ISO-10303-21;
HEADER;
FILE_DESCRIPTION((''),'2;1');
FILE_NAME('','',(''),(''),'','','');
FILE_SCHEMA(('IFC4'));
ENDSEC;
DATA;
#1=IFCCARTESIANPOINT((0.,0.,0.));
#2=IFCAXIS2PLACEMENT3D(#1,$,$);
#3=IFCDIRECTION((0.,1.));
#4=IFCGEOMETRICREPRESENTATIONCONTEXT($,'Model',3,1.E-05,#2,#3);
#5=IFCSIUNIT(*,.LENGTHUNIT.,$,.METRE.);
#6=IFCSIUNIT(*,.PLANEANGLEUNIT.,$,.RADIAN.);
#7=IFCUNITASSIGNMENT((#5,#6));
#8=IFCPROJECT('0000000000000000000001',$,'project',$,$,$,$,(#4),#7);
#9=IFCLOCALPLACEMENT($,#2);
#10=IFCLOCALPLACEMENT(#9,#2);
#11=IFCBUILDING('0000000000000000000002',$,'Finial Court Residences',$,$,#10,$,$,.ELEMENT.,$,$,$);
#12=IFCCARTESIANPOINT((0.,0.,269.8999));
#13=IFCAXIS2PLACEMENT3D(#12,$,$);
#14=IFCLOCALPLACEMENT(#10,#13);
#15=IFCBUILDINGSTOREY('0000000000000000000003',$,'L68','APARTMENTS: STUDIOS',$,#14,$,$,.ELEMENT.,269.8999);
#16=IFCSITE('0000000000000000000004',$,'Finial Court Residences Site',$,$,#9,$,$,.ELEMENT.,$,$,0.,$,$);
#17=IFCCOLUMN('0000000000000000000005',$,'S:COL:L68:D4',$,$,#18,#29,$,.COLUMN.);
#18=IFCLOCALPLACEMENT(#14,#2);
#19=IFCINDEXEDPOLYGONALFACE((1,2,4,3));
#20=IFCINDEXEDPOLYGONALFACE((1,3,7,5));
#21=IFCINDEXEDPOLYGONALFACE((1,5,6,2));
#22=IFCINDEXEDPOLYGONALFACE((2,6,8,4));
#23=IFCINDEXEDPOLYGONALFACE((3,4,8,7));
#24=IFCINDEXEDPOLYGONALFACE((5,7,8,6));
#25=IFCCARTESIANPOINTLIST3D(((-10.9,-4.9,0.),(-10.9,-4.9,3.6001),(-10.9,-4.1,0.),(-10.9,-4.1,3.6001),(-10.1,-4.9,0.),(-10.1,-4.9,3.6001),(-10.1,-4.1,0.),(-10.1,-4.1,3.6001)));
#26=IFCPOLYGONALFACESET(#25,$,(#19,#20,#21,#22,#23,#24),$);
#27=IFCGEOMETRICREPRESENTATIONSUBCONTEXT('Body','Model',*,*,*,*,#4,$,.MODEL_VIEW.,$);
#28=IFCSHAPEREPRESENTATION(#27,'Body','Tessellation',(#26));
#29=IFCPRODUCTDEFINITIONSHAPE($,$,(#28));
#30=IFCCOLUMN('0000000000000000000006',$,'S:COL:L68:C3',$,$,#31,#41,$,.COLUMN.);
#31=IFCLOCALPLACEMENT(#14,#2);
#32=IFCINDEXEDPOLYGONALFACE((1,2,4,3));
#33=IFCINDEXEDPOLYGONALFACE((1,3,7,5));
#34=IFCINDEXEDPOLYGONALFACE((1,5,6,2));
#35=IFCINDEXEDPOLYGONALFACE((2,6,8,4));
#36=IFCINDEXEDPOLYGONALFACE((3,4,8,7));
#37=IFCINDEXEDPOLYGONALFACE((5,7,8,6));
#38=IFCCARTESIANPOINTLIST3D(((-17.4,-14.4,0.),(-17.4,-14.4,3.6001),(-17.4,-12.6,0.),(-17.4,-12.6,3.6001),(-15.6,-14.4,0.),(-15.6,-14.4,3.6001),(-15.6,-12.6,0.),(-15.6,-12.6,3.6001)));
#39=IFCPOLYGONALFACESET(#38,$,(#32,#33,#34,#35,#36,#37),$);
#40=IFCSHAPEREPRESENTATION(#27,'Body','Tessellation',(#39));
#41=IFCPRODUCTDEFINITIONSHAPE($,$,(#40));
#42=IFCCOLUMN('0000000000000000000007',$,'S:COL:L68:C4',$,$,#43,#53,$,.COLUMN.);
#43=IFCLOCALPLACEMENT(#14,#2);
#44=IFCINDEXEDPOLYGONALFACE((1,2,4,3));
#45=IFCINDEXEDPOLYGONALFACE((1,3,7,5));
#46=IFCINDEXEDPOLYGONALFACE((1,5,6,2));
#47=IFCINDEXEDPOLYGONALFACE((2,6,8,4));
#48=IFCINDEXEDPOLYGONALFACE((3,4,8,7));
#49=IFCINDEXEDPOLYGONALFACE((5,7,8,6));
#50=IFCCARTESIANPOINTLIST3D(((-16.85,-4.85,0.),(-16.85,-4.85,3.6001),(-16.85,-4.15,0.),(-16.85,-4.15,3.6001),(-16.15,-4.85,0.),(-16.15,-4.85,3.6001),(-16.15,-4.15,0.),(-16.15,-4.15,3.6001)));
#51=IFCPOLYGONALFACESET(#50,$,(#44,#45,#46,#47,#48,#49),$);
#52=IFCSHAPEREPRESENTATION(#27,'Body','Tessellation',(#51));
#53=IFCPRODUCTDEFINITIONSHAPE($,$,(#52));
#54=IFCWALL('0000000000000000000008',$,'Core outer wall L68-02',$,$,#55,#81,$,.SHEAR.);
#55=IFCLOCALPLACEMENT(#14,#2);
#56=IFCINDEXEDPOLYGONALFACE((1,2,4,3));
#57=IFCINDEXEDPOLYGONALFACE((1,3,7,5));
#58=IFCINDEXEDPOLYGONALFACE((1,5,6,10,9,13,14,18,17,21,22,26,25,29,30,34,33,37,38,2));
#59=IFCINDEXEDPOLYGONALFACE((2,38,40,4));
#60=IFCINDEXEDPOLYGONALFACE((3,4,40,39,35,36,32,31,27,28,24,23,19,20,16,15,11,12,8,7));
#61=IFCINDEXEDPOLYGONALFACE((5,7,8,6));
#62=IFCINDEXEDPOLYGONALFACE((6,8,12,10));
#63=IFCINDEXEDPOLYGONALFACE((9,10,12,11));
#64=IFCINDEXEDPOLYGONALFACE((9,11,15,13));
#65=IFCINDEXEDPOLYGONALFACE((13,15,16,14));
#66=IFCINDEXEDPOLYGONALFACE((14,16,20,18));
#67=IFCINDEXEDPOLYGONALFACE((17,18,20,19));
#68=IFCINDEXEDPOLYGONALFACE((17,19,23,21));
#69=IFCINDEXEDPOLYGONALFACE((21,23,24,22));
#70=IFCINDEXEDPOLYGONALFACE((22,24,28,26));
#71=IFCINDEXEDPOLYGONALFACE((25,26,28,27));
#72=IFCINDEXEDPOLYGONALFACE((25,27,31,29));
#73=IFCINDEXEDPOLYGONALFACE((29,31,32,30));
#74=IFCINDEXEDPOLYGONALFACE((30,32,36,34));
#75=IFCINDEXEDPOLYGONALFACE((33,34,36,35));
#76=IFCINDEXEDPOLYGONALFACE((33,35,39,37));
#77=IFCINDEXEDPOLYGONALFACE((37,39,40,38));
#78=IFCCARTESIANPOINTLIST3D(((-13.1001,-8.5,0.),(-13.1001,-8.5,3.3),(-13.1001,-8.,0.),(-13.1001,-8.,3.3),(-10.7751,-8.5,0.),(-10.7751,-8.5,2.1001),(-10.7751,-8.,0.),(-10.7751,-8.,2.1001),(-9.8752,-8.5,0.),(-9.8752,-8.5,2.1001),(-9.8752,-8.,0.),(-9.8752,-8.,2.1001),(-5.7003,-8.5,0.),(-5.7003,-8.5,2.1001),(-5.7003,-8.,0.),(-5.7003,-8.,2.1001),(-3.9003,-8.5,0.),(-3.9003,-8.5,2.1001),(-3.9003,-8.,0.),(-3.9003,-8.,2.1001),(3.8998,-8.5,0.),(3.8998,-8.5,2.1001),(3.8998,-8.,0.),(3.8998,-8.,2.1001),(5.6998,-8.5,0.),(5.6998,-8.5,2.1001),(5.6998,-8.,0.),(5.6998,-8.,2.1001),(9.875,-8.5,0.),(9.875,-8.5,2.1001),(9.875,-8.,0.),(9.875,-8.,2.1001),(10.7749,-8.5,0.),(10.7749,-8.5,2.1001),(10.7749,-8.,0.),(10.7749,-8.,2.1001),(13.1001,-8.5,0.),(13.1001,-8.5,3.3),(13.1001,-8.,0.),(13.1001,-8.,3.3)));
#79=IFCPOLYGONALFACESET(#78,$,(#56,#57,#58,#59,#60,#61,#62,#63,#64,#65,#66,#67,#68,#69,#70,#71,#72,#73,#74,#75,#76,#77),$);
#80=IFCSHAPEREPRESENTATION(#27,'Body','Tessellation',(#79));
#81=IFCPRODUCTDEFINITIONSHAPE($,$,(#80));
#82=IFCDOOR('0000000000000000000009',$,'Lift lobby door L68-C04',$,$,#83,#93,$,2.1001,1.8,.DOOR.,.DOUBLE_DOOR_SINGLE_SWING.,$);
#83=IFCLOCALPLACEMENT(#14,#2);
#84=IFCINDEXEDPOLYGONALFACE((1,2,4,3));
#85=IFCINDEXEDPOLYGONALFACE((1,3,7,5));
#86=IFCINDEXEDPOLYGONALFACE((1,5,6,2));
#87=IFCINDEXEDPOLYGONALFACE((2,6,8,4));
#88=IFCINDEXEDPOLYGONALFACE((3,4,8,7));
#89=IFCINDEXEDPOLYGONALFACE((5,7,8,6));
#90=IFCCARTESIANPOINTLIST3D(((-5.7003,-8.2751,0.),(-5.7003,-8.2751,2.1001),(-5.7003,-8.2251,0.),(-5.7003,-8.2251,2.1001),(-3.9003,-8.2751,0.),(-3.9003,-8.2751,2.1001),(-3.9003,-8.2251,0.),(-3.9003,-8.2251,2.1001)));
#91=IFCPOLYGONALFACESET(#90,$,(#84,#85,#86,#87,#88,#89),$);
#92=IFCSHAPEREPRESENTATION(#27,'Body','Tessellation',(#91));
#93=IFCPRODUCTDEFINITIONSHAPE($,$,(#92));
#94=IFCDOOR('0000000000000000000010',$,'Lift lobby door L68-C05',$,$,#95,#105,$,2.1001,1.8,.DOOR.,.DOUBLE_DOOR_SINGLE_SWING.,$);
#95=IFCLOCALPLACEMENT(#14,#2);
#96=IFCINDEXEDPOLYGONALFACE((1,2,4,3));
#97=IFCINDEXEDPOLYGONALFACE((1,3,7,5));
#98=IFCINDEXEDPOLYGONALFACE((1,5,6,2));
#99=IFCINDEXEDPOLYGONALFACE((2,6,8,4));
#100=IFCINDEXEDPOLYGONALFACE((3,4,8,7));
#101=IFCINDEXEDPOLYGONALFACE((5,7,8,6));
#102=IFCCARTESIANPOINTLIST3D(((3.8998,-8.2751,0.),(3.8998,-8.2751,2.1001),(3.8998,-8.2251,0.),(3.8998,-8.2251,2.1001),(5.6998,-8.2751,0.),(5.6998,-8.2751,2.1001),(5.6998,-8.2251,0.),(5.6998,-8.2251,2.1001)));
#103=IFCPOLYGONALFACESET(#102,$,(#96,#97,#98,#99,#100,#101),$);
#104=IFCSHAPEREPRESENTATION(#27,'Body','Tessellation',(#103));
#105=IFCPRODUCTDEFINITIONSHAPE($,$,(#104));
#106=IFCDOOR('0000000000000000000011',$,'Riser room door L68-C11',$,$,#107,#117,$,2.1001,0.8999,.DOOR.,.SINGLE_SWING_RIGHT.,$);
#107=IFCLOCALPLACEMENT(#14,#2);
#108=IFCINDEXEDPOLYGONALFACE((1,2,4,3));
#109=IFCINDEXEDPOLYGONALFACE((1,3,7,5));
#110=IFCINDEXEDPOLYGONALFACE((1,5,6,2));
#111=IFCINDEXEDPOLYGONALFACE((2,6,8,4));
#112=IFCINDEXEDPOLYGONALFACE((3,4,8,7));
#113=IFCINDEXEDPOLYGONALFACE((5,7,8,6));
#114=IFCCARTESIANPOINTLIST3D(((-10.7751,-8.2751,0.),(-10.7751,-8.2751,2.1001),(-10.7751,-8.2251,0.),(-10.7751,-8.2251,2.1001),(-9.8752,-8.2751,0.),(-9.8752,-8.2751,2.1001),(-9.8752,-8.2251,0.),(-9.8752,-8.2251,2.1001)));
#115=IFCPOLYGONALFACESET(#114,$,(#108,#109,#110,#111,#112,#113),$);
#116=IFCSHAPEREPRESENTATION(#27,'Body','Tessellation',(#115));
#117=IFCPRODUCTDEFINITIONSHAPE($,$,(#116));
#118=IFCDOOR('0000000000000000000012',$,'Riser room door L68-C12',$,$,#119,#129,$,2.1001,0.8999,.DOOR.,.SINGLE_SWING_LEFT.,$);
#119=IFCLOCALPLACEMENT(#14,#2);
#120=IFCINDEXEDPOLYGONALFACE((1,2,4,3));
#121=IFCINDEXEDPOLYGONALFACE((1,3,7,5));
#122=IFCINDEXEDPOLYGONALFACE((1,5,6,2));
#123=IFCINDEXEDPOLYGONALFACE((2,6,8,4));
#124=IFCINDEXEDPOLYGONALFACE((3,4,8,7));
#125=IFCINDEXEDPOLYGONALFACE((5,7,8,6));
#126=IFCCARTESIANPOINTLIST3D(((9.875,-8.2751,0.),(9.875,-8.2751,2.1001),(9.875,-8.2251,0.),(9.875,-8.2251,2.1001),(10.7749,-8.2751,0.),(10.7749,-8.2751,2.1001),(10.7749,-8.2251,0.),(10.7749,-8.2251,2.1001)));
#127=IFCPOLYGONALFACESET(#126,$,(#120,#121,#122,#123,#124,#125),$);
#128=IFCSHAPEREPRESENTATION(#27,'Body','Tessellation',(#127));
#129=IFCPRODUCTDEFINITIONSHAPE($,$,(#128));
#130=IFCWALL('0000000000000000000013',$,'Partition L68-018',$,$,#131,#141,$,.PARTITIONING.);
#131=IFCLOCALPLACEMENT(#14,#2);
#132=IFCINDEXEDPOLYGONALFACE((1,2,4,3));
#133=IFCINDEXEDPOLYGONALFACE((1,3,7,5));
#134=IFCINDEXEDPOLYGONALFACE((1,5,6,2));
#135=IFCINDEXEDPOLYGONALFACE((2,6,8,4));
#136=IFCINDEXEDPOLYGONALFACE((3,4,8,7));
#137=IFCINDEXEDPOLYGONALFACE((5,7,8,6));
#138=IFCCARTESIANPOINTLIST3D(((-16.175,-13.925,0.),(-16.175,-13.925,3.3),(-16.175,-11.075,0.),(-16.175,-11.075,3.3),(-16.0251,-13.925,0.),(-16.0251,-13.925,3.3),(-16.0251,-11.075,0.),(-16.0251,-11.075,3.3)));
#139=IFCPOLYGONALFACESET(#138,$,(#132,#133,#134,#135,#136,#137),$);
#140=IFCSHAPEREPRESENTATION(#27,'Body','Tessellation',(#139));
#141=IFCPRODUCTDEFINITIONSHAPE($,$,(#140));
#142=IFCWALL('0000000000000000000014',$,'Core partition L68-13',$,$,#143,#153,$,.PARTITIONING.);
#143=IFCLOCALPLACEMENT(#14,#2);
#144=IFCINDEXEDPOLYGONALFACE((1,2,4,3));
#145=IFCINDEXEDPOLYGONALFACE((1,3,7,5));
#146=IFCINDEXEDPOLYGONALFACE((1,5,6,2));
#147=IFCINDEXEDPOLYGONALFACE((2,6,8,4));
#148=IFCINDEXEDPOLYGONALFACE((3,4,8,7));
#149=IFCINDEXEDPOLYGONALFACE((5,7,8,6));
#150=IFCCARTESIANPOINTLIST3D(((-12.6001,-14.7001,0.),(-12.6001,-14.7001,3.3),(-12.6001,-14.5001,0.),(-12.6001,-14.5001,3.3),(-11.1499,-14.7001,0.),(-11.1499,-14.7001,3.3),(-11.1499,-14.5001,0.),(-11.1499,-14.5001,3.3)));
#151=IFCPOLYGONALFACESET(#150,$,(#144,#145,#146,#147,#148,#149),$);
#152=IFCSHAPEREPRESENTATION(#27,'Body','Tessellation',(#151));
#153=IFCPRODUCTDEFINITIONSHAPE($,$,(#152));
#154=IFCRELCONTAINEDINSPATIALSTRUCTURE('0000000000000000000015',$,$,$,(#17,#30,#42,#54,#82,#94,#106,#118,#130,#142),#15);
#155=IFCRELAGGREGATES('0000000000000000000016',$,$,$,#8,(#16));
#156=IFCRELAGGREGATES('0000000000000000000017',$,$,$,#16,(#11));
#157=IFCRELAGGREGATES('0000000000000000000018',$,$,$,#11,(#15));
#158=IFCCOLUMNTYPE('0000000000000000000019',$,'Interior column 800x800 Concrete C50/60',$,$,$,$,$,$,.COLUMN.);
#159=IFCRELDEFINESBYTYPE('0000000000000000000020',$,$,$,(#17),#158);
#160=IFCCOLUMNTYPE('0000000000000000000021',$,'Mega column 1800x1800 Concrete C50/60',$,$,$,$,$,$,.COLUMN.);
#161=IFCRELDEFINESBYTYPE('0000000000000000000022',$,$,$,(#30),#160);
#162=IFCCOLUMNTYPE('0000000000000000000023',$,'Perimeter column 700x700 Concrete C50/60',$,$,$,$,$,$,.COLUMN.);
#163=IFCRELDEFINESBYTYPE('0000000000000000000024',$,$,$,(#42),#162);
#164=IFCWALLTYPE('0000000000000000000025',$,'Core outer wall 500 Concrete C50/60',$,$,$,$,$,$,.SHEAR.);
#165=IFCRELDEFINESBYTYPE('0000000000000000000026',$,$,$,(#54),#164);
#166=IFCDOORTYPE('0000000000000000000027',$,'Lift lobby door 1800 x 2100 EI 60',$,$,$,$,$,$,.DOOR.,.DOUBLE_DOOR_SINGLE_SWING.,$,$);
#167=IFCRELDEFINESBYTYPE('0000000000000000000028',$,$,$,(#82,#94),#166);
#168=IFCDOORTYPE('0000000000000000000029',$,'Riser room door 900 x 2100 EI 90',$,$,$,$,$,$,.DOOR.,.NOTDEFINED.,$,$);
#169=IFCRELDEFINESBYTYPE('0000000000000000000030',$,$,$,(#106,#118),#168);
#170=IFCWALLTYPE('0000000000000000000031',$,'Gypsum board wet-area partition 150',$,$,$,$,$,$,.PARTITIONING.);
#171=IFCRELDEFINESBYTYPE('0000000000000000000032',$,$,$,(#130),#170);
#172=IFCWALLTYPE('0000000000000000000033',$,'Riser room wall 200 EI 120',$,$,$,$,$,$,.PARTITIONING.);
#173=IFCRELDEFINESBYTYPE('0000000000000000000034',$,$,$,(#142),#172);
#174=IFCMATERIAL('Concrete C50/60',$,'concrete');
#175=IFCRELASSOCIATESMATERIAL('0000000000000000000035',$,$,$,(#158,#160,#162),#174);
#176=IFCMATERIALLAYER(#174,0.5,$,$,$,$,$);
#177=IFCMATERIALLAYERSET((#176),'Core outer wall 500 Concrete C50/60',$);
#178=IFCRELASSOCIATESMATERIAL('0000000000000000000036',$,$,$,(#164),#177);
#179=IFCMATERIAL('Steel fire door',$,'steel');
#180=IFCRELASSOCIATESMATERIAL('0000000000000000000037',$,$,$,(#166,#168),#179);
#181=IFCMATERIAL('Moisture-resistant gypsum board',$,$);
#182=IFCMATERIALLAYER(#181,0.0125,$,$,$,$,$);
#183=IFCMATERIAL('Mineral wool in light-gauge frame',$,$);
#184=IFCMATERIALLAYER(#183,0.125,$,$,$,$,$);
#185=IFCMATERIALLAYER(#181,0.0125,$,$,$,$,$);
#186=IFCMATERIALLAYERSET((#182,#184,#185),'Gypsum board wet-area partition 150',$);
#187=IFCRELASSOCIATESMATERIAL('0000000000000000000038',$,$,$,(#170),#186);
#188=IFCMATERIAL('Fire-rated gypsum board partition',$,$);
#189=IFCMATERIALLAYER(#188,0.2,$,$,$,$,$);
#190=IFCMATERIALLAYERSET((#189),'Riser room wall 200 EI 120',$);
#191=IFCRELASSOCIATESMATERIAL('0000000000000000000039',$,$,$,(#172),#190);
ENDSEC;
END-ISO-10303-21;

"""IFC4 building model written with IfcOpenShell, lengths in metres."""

from ifc_helpers import new_model, si_unit, direction, frame, frame_2d, origin, origin_2d, place, context, subcontext, project, spatial, rectangle, extrude, material, layer, layer_set, material_profile, profile_set, type_object, element, fill, save


model = new_model("IFC4")

# Units and contexts
model_context = context("Model", 3, precision=1e-05, world=origin(), true_north=direction((0.0, 1.0)))
body_context = subcontext(model_context, "Body", "Model", "MODEL_VIEW")
ifc_project = project(units=[si_unit("LENGTHUNIT", "METRE"), si_unit("PLANEANGLEUNIT", "RADIAN")], contexts=[model_context])

# Site, building, storey
site_placement = place(None, origin())
site = spatial("IfcSite", under=ifc_project, at=site_placement, Name="Finial Court Residences Site", CompositionType="ELEMENT", RefElevation=0.0)
building_placement = place(site_placement, origin())
building = spatial("IfcBuilding", under=site, at=building_placement, Name="Finial Court Residences", CompositionType="ELEMENT")
storey_placement = place(building_placement, frame((0.0, 0.0, 269.8999)))
storey = spatial("IfcBuildingStorey", under=building, at=storey_placement, Name="L68", Description="APARTMENTS: STUDIOS", CompositionType="ELEMENT", Elevation=269.8999)

# Columns
ifc_material_1 = material(Name="Concrete C50/60", Category="concrete")
ifc_material_profile_1 = material_profile(ifc_material_1, rectangle(XDim=0.8, YDim=0.8, at=origin_2d()), Name="800x800")
ifc_profile_set_1 = profile_set([ifc_material_profile_1], Name="Concrete C50/60")
column_type_1 = type_object("IfcColumnType", Name="Interior column 800x800 Concrete C50/60", PredefinedType="COLUMN", material=ifc_profile_set_1)
column_1_placement = place(storey_placement, frame((-10.5, -4.5, 0.0), z_axis=(0.0, 0.0, 1.0), x_axis=(1.0, 0.0, 0.0)))
element("IfcColumn", 1, at=column_1_placement, inside=storey, type_object=column_type_1, Name="S:COL:L68:D4", PredefinedType="COLUMN", context=body_context, shape_type="SweptSolid", body=[
    extrude(rectangle(XDim=0.8, YDim=0.8, at=origin_2d()), origin(), (0.0, 0.0, 1.0), 3.6001),
])
ifc_material_profile_2 = material_profile(ifc_material_1, rectangle(XDim=1.8, YDim=1.8, at=origin_2d()), Name="1800x1800")
ifc_profile_set_2 = profile_set([ifc_material_profile_2], Name="Concrete C50/60")
column_type_2 = type_object("IfcColumnType", Name="Mega column 1800x1800 Concrete C50/60", PredefinedType="COLUMN", material=ifc_profile_set_2)
column_2_placement = place(storey_placement, frame((-16.5, -13.5, 0.0), z_axis=(0.0, 0.0, 1.0), x_axis=(1.0, 0.0, 0.0)))
element("IfcColumn", 2, at=column_2_placement, inside=storey, type_object=column_type_2, Name="S:COL:L68:C3", PredefinedType="COLUMN", context=body_context, shape_type="SweptSolid", body=[
    extrude(rectangle(XDim=1.8, YDim=1.8, at=origin_2d()), origin(), (0.0, 0.0, 1.0), 3.6001),
])
ifc_material_profile_3 = material_profile(ifc_material_1, rectangle(XDim=0.7, YDim=0.7, at=origin_2d()), Name="700x700")
ifc_profile_set_3 = profile_set([ifc_material_profile_3], Name="Concrete C50/60")
column_type_3 = type_object("IfcColumnType", Name="Perimeter column 700x700 Concrete C50/60", PredefinedType="COLUMN", material=ifc_profile_set_3)
column_3_placement = place(storey_placement, frame((-16.5, -4.5, 0.0), z_axis=(0.0, 0.0, 1.0), x_axis=(1.0, 0.0, 0.0)))
element("IfcColumn", 3, at=column_3_placement, inside=storey, type_object=column_type_3, Name="S:COL:L68:C4", PredefinedType="COLUMN", context=body_context, shape_type="SweptSolid", body=[
    extrude(rectangle(XDim=0.7, YDim=0.7, at=origin_2d()), origin(), (0.0, 0.0, 1.0), 3.6001),
])

# Wall, openings, doors
ifc_layer_1 = layer(ifc_material_1, 0.5)
ifc_layer_set_1 = layer_set([ifc_layer_1], Name="Core outer wall 500 Concrete C50/60")
wall_type_1 = type_object("IfcWallType", Name="Core outer wall 500 Concrete C50/60", PredefinedType="SHEAR", material=ifc_layer_set_1)
wall_1_placement = place(storey_placement, frame((-13.1001, -8.25, 0.0), z_axis=(0.0, 0.0, 1.0), x_axis=(1.0, 0.0, 0.0)))
wall_1 = element("IfcWall", 4, at=wall_1_placement, inside=storey, type_object=wall_type_1, Name="Core outer wall L68-02", PredefinedType="SHEAR", context=body_context, shape_type="SweptSolid", body=[
    extrude(rectangle(XDim=26.2002, YDim=0.5, at=frame_2d((13.1001, 0.0))), origin(), (0.0, 0.0, 1.0), 3.3),
])
opening_1_placement = place(wall_1_placement, frame((7.3999, 0.0, 0.0)))
opening_1 = element("IfcOpeningElement", 5, at=opening_1_placement, cuts=wall_1, PredefinedType="OPENING", context=body_context, shape_type="SweptSolid", body=[
    extrude(rectangle(XDim=1.8, YDim=2.1001, at=frame_2d((0.8999, 1.05))), frame((0.0, 0.26, 0.0), z_axis=(0.0, -1.0, 0.0), x_axis=(1.0, 0.0, 0.0)), (0.0, 0.0, 1.0), 0.52),
])
opening_2_placement = place(wall_1_placement, frame((17.0, 0.0, 0.0)))
opening_2 = element("IfcOpeningElement", 6, at=opening_2_placement, cuts=wall_1, PredefinedType="OPENING", context=body_context, shape_type="SweptSolid", body=[
    extrude(rectangle(XDim=1.8, YDim=2.1001, at=frame_2d((0.8999, 1.05))), frame((0.0, 0.26, 0.0), z_axis=(0.0, -1.0, 0.0), x_axis=(1.0, 0.0, 0.0)), (0.0, 0.0, 1.0), 0.52),
])
opening_3_placement = place(wall_1_placement, frame((2.325, 0.0, 0.0)))
opening_3 = element("IfcOpeningElement", 7, at=opening_3_placement, cuts=wall_1, PredefinedType="OPENING", context=body_context, shape_type="SweptSolid", body=[
    extrude(rectangle(XDim=0.8999, YDim=2.1001, at=frame_2d((0.45, 1.05))), frame((0.0, 0.26, 0.0), z_axis=(0.0, -1.0, 0.0), x_axis=(1.0, 0.0, 0.0)), (0.0, 0.0, 1.0), 0.52),
])
opening_4_placement = place(wall_1_placement, frame((22.9751, 0.0, 0.0)))
opening_4 = element("IfcOpeningElement", 8, at=opening_4_placement, cuts=wall_1, PredefinedType="OPENING", context=body_context, shape_type="SweptSolid", body=[
    extrude(rectangle(XDim=0.8999, YDim=2.1001, at=frame_2d((0.45, 1.05))), frame((0.0, 0.26, 0.0), z_axis=(0.0, -1.0, 0.0), x_axis=(1.0, 0.0, 0.0)), (0.0, 0.0, 1.0), 0.52),
])
ifc_material_2 = material(Name="Steel fire door", Category="steel")
door_type_1 = type_object("IfcDoorType", Name="Lift lobby door 1800 x 2100 EI 60", OperationType="DOUBLE_DOOR_SINGLE_SWING", PredefinedType="DOOR", material=ifc_material_2)
door_1_placement = place(opening_1_placement, origin())
door_1 = element("IfcDoor", 9, at=door_1_placement, inside=storey, type_object=door_type_1, Name="Lift lobby door L68-C04", OperationType="DOUBLE_DOOR_SINGLE_SWING", OverallHeight=2.1001, OverallWidth=1.8, PredefinedType="DOOR", context=body_context, shape_type="SweptSolid", body=[
    extrude(rectangle(XDim=1.8, YDim=2.1001, at=frame_2d((0.8999, 1.05))), frame((0.0, 0.0249, 0.0), z_axis=(0.0, -1.0, 0.0), x_axis=(1.0, 0.0, 0.0)), (0.0, 0.0, 1.0), 0.05),
])
fill(opening_1, door_1)
door_2_placement = place(opening_2_placement, origin())
door_2 = element("IfcDoor", 10, at=door_2_placement, inside=storey, type_object=door_type_1, Name="Lift lobby door L68-C05", OperationType="DOUBLE_DOOR_SINGLE_SWING", OverallHeight=2.1001, OverallWidth=1.8, PredefinedType="DOOR", context=body_context, shape_type="SweptSolid", body=[
    extrude(rectangle(XDim=1.8, YDim=2.1001, at=frame_2d((0.8999, 1.05))), frame((0.0, 0.0249, 0.0), z_axis=(0.0, -1.0, 0.0), x_axis=(1.0, 0.0, 0.0)), (0.0, 0.0, 1.0), 0.05),
])
fill(opening_2, door_2)
door_type_2 = type_object("IfcDoorType", Name="Riser room door 900 x 2100 EI 90", OperationType="NOTDEFINED", PredefinedType="DOOR", material=ifc_material_2)
door_3_placement = place(opening_3_placement, origin())
door_3 = element("IfcDoor", 11, at=door_3_placement, inside=storey, type_object=door_type_2, Name="Riser room door L68-C11", OperationType="SINGLE_SWING_RIGHT", OverallHeight=2.1001, OverallWidth=0.8999, PredefinedType="DOOR", context=body_context, shape_type="SweptSolid", body=[
    extrude(rectangle(XDim=0.8999, YDim=2.1001, at=frame_2d((0.45, 1.05))), frame((0.0, 0.0249, 0.0), z_axis=(0.0, -1.0, 0.0), x_axis=(1.0, 0.0, 0.0)), (0.0, 0.0, 1.0), 0.05),
])
fill(opening_3, door_3)
door_4_placement = place(opening_4_placement, origin())
door_4 = element("IfcDoor", 12, at=door_4_placement, inside=storey, type_object=door_type_2, Name="Riser room door L68-C12", OperationType="SINGLE_SWING_LEFT", OverallHeight=2.1001, OverallWidth=0.8999, PredefinedType="DOOR", context=body_context, shape_type="SweptSolid", body=[
    extrude(rectangle(XDim=0.8999, YDim=2.1001, at=frame_2d((0.45, 1.05))), frame((0.0, 0.0249, 0.0), z_axis=(0.0, -1.0, 0.0), x_axis=(1.0, 0.0, 0.0)), (0.0, 0.0, 1.0), 0.05),
])
fill(opening_4, door_4)

# Walls
ifc_material_3 = material(Name="Moisture-resistant gypsum board")
ifc_layer_2 = layer(ifc_material_3, 0.0125)
ifc_material_4 = material(Name="Mineral wool in light-gauge frame")
ifc_layer_3 = layer(ifc_material_4, 0.125)
ifc_layer_4 = layer(ifc_material_3, 0.0125)
ifc_layer_set_2 = layer_set([ifc_layer_2, ifc_layer_3, ifc_layer_4], Name="Gypsum board wet-area partition 150")
wall_type_2 = type_object("IfcWallType", Name="Gypsum board wet-area partition 150", PredefinedType="PARTITIONING", material=ifc_layer_set_2)
wall_2_placement = place(storey_placement, frame((-16.1001, -13.925, 0.0), z_axis=(0.0, 0.0, 1.0), x_axis=(0.0, 1.0, 0.0)))
element("IfcWall", 13, at=wall_2_placement, inside=storey, type_object=wall_type_2, Name="Partition L68-018", PredefinedType="PARTITIONING", context=body_context, shape_type="SweptSolid", body=[
    extrude(rectangle(XDim=2.8501, YDim=0.1499, at=frame_2d((1.425, 0.0))), origin(), (0.0, 0.0, 1.0), 3.3),
])
ifc_material_5 = material(Name="Fire-rated gypsum board partition")
ifc_layer_5 = layer(ifc_material_5, 0.2)
ifc_layer_set_3 = layer_set([ifc_layer_5], Name="Riser room wall 200 EI 120")
wall_type_3 = type_object("IfcWallType", Name="Riser room wall 200 EI 120", PredefinedType="PARTITIONING", material=ifc_layer_set_3)
wall_3_placement = place(storey_placement, frame((-12.6001, -14.6001, 0.0), z_axis=(0.0, 0.0, 1.0), x_axis=(1.0, 0.0, 0.0)))
element("IfcWall", 14, at=wall_3_placement, inside=storey, type_object=wall_type_3, Name="Core partition L68-13", PredefinedType="PARTITIONING", context=body_context, shape_type="SweptSolid", body=[
    extrude(rectangle(XDim=1.4502, YDim=0.2, at=frame_2d((0.7251, 0.0))), origin(), (0.0, 0.0, 1.0), 3.3),
])

save(model, "model.ifc")
